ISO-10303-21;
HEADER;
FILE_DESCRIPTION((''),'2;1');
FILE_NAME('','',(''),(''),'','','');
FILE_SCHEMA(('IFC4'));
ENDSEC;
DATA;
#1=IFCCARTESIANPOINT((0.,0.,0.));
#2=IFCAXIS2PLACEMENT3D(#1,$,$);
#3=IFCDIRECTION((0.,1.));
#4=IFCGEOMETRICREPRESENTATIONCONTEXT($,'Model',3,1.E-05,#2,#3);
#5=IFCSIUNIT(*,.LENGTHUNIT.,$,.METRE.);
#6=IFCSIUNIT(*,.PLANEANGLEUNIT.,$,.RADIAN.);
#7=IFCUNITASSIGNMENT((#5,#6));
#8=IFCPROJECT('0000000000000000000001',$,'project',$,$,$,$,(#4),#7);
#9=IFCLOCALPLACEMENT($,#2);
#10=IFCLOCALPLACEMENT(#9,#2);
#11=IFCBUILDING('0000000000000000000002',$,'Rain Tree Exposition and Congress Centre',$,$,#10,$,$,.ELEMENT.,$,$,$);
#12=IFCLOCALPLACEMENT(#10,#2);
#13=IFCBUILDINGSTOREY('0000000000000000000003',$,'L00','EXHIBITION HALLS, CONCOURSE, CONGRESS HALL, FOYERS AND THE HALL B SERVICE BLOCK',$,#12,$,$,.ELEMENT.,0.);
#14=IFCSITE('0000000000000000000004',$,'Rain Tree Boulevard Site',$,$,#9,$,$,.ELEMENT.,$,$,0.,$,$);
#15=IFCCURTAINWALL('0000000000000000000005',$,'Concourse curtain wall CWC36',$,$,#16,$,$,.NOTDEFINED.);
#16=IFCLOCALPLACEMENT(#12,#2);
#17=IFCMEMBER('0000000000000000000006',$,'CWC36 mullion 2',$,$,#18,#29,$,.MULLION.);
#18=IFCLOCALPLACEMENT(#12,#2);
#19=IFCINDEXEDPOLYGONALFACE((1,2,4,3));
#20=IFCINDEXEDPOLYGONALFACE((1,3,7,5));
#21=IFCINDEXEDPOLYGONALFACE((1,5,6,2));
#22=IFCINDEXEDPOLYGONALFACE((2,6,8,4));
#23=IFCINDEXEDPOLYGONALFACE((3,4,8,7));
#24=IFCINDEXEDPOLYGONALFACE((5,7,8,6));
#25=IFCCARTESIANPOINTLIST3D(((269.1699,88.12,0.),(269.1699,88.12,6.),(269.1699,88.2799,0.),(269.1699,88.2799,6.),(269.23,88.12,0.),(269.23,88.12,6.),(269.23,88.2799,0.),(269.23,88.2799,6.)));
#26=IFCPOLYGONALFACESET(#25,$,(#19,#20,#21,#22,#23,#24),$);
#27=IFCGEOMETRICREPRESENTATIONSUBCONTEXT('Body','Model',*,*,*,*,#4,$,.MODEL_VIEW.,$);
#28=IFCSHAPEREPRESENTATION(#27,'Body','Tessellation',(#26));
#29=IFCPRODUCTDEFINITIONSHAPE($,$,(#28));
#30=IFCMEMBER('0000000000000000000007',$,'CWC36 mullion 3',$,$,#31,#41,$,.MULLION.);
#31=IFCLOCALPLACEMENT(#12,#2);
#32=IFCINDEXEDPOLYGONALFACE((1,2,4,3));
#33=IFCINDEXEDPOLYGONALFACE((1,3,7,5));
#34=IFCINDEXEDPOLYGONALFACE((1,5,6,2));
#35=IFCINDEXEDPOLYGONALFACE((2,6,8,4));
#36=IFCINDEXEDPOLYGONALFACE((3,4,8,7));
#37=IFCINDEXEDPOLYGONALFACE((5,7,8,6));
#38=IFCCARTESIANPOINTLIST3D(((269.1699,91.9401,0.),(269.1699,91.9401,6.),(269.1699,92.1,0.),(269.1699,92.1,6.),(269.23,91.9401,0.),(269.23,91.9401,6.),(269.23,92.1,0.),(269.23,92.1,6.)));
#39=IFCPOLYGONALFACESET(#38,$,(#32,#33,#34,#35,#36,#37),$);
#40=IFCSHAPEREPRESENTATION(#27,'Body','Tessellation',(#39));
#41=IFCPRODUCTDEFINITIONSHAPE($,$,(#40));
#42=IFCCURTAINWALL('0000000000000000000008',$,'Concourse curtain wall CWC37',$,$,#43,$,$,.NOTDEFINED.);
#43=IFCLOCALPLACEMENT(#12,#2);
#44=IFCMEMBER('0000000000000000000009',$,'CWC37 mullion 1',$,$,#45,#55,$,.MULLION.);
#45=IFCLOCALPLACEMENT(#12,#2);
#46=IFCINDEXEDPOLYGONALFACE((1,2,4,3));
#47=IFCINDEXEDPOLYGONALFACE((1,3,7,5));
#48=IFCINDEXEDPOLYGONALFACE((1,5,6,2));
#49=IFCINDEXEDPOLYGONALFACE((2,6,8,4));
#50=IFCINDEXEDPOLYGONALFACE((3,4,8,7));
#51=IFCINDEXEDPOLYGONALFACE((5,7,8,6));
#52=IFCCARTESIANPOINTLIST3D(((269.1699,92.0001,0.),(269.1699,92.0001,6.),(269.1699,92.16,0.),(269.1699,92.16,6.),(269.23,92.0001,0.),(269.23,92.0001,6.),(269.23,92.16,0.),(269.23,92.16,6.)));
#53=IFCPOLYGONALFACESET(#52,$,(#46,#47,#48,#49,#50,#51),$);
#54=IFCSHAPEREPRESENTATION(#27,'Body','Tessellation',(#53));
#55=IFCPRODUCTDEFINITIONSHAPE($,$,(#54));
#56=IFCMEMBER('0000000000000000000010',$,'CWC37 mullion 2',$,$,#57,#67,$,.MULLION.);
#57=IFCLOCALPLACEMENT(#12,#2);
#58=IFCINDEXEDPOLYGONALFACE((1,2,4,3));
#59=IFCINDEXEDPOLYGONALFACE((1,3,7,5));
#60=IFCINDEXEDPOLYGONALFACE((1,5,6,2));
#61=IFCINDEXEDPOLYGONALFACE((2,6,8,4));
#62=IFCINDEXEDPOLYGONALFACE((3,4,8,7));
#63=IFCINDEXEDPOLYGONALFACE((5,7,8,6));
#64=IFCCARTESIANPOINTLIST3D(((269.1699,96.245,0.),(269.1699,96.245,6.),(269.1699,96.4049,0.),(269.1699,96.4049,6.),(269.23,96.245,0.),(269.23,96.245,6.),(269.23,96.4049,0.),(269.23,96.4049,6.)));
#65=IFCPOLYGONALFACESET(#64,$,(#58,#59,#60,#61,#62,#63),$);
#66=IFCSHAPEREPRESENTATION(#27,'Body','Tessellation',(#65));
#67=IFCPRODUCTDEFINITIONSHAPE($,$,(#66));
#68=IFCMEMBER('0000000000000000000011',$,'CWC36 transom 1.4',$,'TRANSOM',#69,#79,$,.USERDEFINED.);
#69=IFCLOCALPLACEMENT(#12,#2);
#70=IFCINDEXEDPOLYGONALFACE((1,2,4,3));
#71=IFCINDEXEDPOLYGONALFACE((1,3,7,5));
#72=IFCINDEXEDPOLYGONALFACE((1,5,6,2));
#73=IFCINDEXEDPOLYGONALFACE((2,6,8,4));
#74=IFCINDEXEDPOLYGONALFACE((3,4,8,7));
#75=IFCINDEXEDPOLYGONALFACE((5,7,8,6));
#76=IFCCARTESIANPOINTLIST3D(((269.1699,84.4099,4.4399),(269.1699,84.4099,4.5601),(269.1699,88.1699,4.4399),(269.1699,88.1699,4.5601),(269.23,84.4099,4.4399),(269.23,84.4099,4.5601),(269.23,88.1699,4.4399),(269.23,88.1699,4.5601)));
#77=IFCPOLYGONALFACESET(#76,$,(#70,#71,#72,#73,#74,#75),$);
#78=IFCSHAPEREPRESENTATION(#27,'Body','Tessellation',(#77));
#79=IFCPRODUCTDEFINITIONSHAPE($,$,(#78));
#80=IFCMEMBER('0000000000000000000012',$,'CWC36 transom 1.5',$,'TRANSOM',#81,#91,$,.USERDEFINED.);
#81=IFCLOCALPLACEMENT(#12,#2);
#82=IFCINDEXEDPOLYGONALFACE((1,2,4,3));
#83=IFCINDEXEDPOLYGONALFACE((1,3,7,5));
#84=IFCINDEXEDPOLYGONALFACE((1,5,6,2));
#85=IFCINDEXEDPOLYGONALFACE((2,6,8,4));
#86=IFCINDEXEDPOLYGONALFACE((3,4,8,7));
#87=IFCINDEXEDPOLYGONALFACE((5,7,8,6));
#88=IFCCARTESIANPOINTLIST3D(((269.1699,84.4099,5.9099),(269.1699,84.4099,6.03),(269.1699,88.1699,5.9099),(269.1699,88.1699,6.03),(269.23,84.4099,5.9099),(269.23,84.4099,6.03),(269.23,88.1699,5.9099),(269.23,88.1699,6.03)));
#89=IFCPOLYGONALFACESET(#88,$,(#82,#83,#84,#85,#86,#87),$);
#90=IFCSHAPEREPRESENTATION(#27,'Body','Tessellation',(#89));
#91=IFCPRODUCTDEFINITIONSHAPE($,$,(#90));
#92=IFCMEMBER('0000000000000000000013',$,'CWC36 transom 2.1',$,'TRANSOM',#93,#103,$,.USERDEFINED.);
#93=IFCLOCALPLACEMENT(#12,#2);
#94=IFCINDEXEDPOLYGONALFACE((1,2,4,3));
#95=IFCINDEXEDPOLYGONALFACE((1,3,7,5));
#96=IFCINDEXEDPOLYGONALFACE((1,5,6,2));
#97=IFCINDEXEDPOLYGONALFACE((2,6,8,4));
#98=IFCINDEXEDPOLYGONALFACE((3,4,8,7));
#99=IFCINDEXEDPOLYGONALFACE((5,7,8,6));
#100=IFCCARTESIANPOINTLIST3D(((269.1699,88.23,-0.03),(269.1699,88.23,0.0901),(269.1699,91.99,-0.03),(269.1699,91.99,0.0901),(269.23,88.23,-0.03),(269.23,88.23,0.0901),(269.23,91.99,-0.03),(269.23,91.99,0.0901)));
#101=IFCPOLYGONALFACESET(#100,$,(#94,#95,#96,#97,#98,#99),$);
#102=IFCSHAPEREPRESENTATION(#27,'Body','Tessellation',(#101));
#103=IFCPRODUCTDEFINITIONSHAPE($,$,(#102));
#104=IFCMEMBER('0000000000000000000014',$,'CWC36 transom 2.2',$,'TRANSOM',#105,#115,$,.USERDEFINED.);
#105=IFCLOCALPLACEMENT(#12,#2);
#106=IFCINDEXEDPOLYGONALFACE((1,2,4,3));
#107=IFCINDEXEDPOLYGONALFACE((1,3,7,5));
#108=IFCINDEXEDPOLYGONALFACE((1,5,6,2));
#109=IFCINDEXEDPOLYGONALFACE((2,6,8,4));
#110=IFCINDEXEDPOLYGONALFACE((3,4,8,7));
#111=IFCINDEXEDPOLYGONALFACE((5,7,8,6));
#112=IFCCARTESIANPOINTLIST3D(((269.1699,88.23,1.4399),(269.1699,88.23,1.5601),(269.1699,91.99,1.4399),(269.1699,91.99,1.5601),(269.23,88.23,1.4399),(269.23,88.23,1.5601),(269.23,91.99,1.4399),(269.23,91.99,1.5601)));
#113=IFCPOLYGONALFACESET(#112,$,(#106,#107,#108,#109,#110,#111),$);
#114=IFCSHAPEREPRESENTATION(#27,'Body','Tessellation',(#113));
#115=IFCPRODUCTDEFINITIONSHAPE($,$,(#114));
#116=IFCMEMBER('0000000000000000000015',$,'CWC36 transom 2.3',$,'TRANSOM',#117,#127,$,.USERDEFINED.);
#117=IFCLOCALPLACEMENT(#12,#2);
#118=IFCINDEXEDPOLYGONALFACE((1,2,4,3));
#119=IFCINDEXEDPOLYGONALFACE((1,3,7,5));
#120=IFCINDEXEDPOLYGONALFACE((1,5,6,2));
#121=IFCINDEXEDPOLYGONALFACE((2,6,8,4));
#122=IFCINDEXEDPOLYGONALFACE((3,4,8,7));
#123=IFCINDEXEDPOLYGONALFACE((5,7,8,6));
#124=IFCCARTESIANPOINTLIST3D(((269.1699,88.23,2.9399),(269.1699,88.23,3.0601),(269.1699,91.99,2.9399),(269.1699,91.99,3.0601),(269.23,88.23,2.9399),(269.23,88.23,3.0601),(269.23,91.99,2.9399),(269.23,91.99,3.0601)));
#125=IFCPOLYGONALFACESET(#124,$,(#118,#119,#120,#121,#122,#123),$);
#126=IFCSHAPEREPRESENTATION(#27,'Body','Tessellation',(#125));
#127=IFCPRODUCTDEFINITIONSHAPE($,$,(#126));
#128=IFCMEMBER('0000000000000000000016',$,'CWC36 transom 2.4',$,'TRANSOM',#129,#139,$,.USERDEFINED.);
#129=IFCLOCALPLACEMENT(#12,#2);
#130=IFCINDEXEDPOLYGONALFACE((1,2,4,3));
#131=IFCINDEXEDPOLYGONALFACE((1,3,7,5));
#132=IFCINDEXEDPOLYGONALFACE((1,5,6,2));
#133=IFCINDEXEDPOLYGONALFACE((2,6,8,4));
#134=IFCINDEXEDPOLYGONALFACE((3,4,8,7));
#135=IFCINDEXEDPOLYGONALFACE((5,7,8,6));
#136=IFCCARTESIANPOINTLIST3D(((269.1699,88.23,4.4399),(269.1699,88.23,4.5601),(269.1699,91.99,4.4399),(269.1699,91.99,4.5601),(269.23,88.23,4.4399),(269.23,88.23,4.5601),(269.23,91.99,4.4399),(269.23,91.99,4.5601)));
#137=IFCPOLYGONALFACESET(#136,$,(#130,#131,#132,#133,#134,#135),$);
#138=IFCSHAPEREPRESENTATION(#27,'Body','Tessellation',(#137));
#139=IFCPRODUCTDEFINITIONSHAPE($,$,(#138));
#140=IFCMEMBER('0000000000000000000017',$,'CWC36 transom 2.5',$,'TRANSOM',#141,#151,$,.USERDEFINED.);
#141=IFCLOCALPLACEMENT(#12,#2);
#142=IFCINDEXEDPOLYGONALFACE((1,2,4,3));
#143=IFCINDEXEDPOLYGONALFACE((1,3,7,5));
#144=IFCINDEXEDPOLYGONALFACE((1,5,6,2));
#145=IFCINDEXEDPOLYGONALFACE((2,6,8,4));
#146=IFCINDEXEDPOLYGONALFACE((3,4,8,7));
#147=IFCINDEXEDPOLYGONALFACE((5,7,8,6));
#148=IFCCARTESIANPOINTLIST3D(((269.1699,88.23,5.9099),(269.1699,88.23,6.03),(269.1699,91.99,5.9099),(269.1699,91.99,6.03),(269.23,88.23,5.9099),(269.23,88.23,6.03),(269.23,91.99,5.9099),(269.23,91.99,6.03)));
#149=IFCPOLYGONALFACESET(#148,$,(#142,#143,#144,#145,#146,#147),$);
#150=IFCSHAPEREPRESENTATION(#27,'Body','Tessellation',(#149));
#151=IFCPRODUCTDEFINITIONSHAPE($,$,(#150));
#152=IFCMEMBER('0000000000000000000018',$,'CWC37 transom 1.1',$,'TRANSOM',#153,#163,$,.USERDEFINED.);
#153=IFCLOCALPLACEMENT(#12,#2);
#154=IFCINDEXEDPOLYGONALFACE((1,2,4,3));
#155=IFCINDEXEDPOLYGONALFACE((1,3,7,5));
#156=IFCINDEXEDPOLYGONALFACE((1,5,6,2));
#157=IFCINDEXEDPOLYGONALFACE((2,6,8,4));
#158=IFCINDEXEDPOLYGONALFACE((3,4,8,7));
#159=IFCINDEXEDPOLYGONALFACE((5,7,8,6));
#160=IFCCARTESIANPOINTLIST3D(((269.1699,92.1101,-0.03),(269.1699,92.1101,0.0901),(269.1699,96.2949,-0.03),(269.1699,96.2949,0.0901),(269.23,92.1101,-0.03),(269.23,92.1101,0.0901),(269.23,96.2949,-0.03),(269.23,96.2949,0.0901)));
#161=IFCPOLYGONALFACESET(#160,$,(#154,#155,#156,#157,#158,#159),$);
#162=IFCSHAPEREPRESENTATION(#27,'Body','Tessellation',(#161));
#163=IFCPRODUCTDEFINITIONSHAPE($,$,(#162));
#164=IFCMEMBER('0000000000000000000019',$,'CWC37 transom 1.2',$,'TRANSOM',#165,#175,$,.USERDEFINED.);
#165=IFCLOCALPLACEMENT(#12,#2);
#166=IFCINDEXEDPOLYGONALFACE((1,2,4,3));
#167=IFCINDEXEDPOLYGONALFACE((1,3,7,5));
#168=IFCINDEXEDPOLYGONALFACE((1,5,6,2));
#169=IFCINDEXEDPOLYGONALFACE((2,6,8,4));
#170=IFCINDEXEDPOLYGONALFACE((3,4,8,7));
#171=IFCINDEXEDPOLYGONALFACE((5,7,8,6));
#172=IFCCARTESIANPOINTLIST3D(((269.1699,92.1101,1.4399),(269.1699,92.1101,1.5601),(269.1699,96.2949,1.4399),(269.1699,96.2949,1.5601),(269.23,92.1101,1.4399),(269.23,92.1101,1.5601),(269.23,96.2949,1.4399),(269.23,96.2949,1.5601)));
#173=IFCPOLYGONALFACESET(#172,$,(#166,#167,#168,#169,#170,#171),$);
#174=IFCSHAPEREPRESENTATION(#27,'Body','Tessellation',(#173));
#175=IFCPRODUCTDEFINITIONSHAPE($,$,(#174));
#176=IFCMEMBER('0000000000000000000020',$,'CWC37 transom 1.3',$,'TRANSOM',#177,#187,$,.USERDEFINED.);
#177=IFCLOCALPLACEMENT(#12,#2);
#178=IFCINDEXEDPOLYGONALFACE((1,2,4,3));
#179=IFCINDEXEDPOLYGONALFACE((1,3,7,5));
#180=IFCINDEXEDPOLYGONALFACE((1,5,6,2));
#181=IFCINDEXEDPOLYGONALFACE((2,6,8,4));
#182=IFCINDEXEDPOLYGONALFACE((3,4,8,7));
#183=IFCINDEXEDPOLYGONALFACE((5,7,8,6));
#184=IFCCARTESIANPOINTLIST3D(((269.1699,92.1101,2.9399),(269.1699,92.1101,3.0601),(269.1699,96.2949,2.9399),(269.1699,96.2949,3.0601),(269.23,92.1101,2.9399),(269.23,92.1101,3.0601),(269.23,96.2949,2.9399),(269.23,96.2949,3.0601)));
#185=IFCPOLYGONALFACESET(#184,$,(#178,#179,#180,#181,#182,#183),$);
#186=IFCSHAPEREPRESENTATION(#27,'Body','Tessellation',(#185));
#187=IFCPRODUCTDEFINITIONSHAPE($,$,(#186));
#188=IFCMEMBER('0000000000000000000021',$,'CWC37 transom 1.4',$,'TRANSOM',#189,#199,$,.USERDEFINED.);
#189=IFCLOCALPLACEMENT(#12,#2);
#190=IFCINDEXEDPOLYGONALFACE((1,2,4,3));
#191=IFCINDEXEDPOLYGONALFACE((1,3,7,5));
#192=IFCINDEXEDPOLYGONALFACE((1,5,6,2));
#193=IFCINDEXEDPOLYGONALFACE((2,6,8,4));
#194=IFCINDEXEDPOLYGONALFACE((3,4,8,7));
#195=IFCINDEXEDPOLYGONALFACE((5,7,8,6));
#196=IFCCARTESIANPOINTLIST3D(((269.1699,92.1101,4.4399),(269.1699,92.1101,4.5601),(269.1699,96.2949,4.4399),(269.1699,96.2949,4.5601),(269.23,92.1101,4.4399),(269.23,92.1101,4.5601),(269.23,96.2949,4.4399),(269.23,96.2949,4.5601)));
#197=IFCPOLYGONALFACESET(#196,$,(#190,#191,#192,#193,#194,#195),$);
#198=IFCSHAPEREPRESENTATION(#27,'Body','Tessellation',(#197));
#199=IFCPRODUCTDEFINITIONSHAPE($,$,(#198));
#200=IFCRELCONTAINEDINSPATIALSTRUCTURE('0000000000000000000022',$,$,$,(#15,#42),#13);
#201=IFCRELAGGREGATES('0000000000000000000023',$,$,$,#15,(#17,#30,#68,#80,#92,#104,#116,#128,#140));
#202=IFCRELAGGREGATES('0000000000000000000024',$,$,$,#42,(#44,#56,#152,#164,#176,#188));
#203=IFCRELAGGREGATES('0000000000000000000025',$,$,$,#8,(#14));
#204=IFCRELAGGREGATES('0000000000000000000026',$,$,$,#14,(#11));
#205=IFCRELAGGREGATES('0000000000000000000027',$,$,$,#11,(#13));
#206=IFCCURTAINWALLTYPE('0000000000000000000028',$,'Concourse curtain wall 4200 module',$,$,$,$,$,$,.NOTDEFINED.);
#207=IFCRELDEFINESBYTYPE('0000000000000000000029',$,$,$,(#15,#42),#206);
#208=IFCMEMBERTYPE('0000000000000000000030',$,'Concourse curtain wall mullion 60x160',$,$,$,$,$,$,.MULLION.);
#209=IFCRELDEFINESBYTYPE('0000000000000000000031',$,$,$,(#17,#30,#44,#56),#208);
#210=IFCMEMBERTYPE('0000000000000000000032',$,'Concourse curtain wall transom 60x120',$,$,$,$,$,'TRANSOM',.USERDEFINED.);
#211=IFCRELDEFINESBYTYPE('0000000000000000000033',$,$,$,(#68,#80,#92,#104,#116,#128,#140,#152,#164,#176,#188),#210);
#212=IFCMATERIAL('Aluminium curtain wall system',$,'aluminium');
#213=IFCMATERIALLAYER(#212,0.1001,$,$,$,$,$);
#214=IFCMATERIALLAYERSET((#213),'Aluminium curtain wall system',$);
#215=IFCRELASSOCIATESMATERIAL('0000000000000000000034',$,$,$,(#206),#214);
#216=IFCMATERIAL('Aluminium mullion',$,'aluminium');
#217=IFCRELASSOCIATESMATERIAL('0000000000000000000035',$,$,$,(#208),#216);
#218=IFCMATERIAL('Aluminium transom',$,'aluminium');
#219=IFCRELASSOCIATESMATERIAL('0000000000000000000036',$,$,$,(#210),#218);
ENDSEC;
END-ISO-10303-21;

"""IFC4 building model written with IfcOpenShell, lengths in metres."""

from ifc_helpers import new_model, si_unit, direction, frame, origin, origin_2d, place, context, subcontext, project, spatial, rectangle, extrude, material, layer, layer_set, material_profile, profile_set, type_object, element, aggregate, save


model = new_model("IFC4")

# Units and contexts
model_context = context("Model", 3, precision=1e-05, world=origin(), true_north=direction((0.0, 1.0)))
body_context = subcontext(model_context, "Body", "Model", "MODEL_VIEW")
ifc_project = project(units=[si_unit("LENGTHUNIT", "METRE"), si_unit("PLANEANGLEUNIT", "RADIAN")], contexts=[model_context])

# Site, building, storey
site_placement = place(None, origin())
site = spatial("IfcSite", under=ifc_project, at=site_placement, Name="Rain Tree Boulevard Site", CompositionType="ELEMENT", RefElevation=0.0)
building_placement = place(site_placement, origin())
building = spatial("IfcBuilding", under=site, at=building_placement, Name="Rain Tree Exposition and Congress Centre", CompositionType="ELEMENT")
storey_placement = place(building_placement, origin())
storey = spatial("IfcBuildingStorey", under=building, at=storey_placement, Name="L00", Description="EXHIBITION HALLS, CONCOURSE, CONGRESS HALL, FOYERS AND THE HALL B SERVICE BLOCK", CompositionType="ELEMENT", Elevation=0.0)

# Curtain walls, members
ifc_material_1 = material(Name="Aluminium curtain wall system", Category="aluminium")
ifc_layer_1 = layer(ifc_material_1, 0.1001)
ifc_layer_set_1 = layer_set([ifc_layer_1], Name="Aluminium curtain wall system")
curtain_wall_type = type_object("IfcCurtainWallType", Name="Concourse curtain wall 4200 module", PredefinedType="NOTDEFINED", material=ifc_layer_set_1)
curtain_wall_1_placement = place(storey_placement, origin())
curtain_wall_1 = element("IfcCurtainWall", 1, at=curtain_wall_1_placement, inside=storey, type_object=curtain_wall_type, Name="Concourse curtain wall CWC36", PredefinedType="NOTDEFINED")
ifc_material_2 = material(Name="Aluminium mullion", Category="aluminium")
ifc_material_profile_1 = material_profile(ifc_material_2, rectangle(XDim=0.0601, YDim=0.1599, at=origin_2d()), Name="AL 60x160")
ifc_profile_set_1 = profile_set([ifc_material_profile_1], Name="Aluminium mullion")
member_type_1 = type_object("IfcMemberType", Name="Concourse curtain wall mullion 60x160", PredefinedType="MULLION", material=ifc_profile_set_1)
member_1_placement = place(storey_placement, frame((269.2, 88.2, 0.0), z_axis=(0.0, 0.0, 1.0), x_axis=(-1.0, 0.0, 0.0)))
member_1 = element("IfcMember", 2, at=member_1_placement, type_object=member_type_1, Name="CWC36 mullion 2", PredefinedType="MULLION", context=body_context, shape_type="SweptSolid", body=[
    extrude(rectangle(XDim=0.0601, YDim=0.1599, at=origin_2d()), origin(), (0.0, 0.0, 1.0), 6.0),
])
member_2_placement = place(storey_placement, frame((269.2, 92.02, 0.0), z_axis=(0.0, 0.0, 1.0), x_axis=(-1.0, 0.0, 0.0)))
member_2 = element("IfcMember", 3, at=member_2_placement, type_object=member_type_1, Name="CWC36 mullion 3", PredefinedType="MULLION", context=body_context, shape_type="SweptSolid", body=[
    extrude(rectangle(XDim=0.0601, YDim=0.1599, at=origin_2d()), origin(), (0.0, 0.0, 1.0), 6.0),
])
curtain_wall_2_placement = place(storey_placement, origin())
curtain_wall_2 = element("IfcCurtainWall", 4, at=curtain_wall_2_placement, inside=storey, type_object=curtain_wall_type, Name="Concourse curtain wall CWC37", PredefinedType="NOTDEFINED")
member_3_placement = place(storey_placement, frame((269.2, 92.0801, 0.0), z_axis=(0.0, 0.0, 1.0), x_axis=(-1.0, 0.0, 0.0)))
member_3 = element("IfcMember", 5, at=member_3_placement, type_object=member_type_1, Name="CWC37 mullion 1", PredefinedType="MULLION", context=body_context, shape_type="SweptSolid", body=[
    extrude(rectangle(XDim=0.0601, YDim=0.1599, at=origin_2d()), origin(), (0.0, 0.0, 1.0), 6.0),
])
member_4_placement = place(storey_placement, frame((269.2, 96.325, 0.0), z_axis=(0.0, 0.0, 1.0), x_axis=(-1.0, 0.0, 0.0)))
member_4 = element("IfcMember", 6, at=member_4_placement, type_object=member_type_1, Name="CWC37 mullion 2", PredefinedType="MULLION", context=body_context, shape_type="SweptSolid", body=[
    extrude(rectangle(XDim=0.0601, YDim=0.1599, at=origin_2d()), origin(), (0.0, 0.0, 1.0), 6.0),
])

# Members
ifc_material_3 = material(Name="Aluminium transom", Category="aluminium")
ifc_material_profile_2 = material_profile(ifc_material_3, rectangle(XDim=0.0601, YDim=0.1201, at=origin_2d()), Name="AL 60x120")
ifc_profile_set_2 = profile_set([ifc_material_profile_2], Name="Aluminium transom")
member_type_2 = type_object("IfcMemberType", Name="Concourse curtain wall transom 60x120", ElementType="TRANSOM", PredefinedType="USERDEFINED", material=ifc_profile_set_2)
member_5_placement = place(storey_placement, frame((269.2, 84.4099, 4.5), z_axis=(0.0, 1.0, 0.0), x_axis=(-1.0, 0.0, 0.0)))
member_5 = element("IfcMember", 7, at=member_5_placement, type_object=member_type_2, Name="CWC36 transom 1.4", ObjectType="TRANSOM", PredefinedType="USERDEFINED", context=body_context, shape_type="SweptSolid", body=[
    extrude(rectangle(XDim=0.0601, YDim=0.1201, at=origin_2d()), origin(), (0.0, 0.0, 1.0), 3.76),
])
member_6_placement = place(storey_placement, frame((269.2, 84.4099, 5.97), z_axis=(0.0, 1.0, 0.0), x_axis=(-1.0, 0.0, 0.0)))
member_6 = element("IfcMember", 8, at=member_6_placement, type_object=member_type_2, Name="CWC36 transom 1.5", ObjectType="TRANSOM", PredefinedType="USERDEFINED", context=body_context, shape_type="SweptSolid", body=[
    extrude(rectangle(XDim=0.0601, YDim=0.1201, at=origin_2d()), origin(), (0.0, 0.0, 1.0), 3.76),
])
member_7_placement = place(storey_placement, frame((269.2, 88.23, 0.03), z_axis=(0.0, 1.0, 0.0), x_axis=(-1.0, 0.0, 0.0)))
member_7 = element("IfcMember", 9, at=member_7_placement, type_object=member_type_2, Name="CWC36 transom 2.1", ObjectType="TRANSOM", PredefinedType="USERDEFINED", context=body_context, shape_type="SweptSolid", body=[
    extrude(rectangle(XDim=0.0601, YDim=0.1201, at=origin_2d()), origin(), (0.0, 0.0, 1.0), 3.76),
])
member_8_placement = place(storey_placement, frame((269.2, 88.23, 1.5), z_axis=(0.0, 1.0, 0.0), x_axis=(-1.0, 0.0, 0.0)))
member_8 = element("IfcMember", 10, at=member_8_placement, type_object=member_type_2, Name="CWC36 transom 2.2", ObjectType="TRANSOM", PredefinedType="USERDEFINED", context=body_context, shape_type="SweptSolid", body=[
    extrude(rectangle(XDim=0.0601, YDim=0.1201, at=origin_2d()), origin(), (0.0, 0.0, 1.0), 3.76),
])
member_9_placement = place(storey_placement, frame((269.2, 88.23, 3.0), z_axis=(0.0, 1.0, 0.0), x_axis=(-1.0, 0.0, 0.0)))
member_9 = element("IfcMember", 11, at=member_9_placement, type_object=member_type_2, Name="CWC36 transom 2.3", ObjectType="TRANSOM", PredefinedType="USERDEFINED", context=body_context, shape_type="SweptSolid", body=[
    extrude(rectangle(XDim=0.0601, YDim=0.1201, at=origin_2d()), origin(), (0.0, 0.0, 1.0), 3.76),
])
member_10_placement = place(storey_placement, frame((269.2, 88.23, 4.5), z_axis=(0.0, 1.0, 0.0), x_axis=(-1.0, 0.0, 0.0)))
member_10 = element("IfcMember", 12, at=member_10_placement, type_object=member_type_2, Name="CWC36 transom 2.4", ObjectType="TRANSOM", PredefinedType="USERDEFINED", context=body_context, shape_type="SweptSolid", body=[
    extrude(rectangle(XDim=0.0601, YDim=0.1201, at=origin_2d()), origin(), (0.0, 0.0, 1.0), 3.76),
])
member_11_placement = place(storey_placement, frame((269.2, 88.23, 5.97), z_axis=(0.0, 1.0, 0.0), x_axis=(-1.0, 0.0, 0.0)))
member_11 = element("IfcMember", 13, at=member_11_placement, type_object=member_type_2, Name="CWC36 transom 2.5", ObjectType="TRANSOM", PredefinedType="USERDEFINED", context=body_context, shape_type="SweptSolid", body=[
    extrude(rectangle(XDim=0.0601, YDim=0.1201, at=origin_2d()), origin(), (0.0, 0.0, 1.0), 3.76),
])
member_12_placement = place(storey_placement, frame((269.2, 92.1101, 0.03), z_axis=(0.0, 1.0, 0.0), x_axis=(-1.0, 0.0, 0.0)))
member_12 = element("IfcMember", 14, at=member_12_placement, type_object=member_type_2, Name="CWC37 transom 1.1", ObjectType="TRANSOM", PredefinedType="USERDEFINED", context=body_context, shape_type="SweptSolid", body=[
    extrude(rectangle(XDim=0.0601, YDim=0.1201, at=origin_2d()), origin(), (0.0, 0.0, 1.0), 4.1848),
])
member_13_placement = place(storey_placement, frame((269.2, 92.1101, 1.5), z_axis=(0.0, 1.0, 0.0), x_axis=(-1.0, 0.0, 0.0)))
member_13 = element("IfcMember", 15, at=member_13_placement, type_object=member_type_2, Name="CWC37 transom 1.2", ObjectType="TRANSOM", PredefinedType="USERDEFINED", context=body_context, shape_type="SweptSolid", body=[
    extrude(rectangle(XDim=0.0601, YDim=0.1201, at=origin_2d()), origin(), (0.0, 0.0, 1.0), 4.1848),
])
member_14_placement = place(storey_placement, frame((269.2, 92.1101, 3.0), z_axis=(0.0, 1.0, 0.0), x_axis=(-1.0, 0.0, 0.0)))
member_14 = element("IfcMember", 16, at=member_14_placement, type_object=member_type_2, Name="CWC37 transom 1.3", ObjectType="TRANSOM", PredefinedType="USERDEFINED", context=body_context, shape_type="SweptSolid", body=[
    extrude(rectangle(XDim=0.0601, YDim=0.1201, at=origin_2d()), origin(), (0.0, 0.0, 1.0), 4.1848),
])
member_15_placement = place(storey_placement, frame((269.2, 92.1101, 4.5), z_axis=(0.0, 1.0, 0.0), x_axis=(-1.0, 0.0, 0.0)))
member_15 = element("IfcMember", 17, at=member_15_placement, type_object=member_type_2, Name="CWC37 transom 1.4", ObjectType="TRANSOM", PredefinedType="USERDEFINED", context=body_context, shape_type="SweptSolid", body=[
    extrude(rectangle(XDim=0.0601, YDim=0.1201, at=origin_2d()), origin(), (0.0, 0.0, 1.0), 4.1848),
])

aggregate(curtain_wall_1, [member_1, member_2, member_5, member_6, member_7, member_8, member_9, member_10, member_11])
aggregate(curtain_wall_2, [member_3, member_4, member_12, member_13, member_14, member_15])

save(model, "model.ifc")
